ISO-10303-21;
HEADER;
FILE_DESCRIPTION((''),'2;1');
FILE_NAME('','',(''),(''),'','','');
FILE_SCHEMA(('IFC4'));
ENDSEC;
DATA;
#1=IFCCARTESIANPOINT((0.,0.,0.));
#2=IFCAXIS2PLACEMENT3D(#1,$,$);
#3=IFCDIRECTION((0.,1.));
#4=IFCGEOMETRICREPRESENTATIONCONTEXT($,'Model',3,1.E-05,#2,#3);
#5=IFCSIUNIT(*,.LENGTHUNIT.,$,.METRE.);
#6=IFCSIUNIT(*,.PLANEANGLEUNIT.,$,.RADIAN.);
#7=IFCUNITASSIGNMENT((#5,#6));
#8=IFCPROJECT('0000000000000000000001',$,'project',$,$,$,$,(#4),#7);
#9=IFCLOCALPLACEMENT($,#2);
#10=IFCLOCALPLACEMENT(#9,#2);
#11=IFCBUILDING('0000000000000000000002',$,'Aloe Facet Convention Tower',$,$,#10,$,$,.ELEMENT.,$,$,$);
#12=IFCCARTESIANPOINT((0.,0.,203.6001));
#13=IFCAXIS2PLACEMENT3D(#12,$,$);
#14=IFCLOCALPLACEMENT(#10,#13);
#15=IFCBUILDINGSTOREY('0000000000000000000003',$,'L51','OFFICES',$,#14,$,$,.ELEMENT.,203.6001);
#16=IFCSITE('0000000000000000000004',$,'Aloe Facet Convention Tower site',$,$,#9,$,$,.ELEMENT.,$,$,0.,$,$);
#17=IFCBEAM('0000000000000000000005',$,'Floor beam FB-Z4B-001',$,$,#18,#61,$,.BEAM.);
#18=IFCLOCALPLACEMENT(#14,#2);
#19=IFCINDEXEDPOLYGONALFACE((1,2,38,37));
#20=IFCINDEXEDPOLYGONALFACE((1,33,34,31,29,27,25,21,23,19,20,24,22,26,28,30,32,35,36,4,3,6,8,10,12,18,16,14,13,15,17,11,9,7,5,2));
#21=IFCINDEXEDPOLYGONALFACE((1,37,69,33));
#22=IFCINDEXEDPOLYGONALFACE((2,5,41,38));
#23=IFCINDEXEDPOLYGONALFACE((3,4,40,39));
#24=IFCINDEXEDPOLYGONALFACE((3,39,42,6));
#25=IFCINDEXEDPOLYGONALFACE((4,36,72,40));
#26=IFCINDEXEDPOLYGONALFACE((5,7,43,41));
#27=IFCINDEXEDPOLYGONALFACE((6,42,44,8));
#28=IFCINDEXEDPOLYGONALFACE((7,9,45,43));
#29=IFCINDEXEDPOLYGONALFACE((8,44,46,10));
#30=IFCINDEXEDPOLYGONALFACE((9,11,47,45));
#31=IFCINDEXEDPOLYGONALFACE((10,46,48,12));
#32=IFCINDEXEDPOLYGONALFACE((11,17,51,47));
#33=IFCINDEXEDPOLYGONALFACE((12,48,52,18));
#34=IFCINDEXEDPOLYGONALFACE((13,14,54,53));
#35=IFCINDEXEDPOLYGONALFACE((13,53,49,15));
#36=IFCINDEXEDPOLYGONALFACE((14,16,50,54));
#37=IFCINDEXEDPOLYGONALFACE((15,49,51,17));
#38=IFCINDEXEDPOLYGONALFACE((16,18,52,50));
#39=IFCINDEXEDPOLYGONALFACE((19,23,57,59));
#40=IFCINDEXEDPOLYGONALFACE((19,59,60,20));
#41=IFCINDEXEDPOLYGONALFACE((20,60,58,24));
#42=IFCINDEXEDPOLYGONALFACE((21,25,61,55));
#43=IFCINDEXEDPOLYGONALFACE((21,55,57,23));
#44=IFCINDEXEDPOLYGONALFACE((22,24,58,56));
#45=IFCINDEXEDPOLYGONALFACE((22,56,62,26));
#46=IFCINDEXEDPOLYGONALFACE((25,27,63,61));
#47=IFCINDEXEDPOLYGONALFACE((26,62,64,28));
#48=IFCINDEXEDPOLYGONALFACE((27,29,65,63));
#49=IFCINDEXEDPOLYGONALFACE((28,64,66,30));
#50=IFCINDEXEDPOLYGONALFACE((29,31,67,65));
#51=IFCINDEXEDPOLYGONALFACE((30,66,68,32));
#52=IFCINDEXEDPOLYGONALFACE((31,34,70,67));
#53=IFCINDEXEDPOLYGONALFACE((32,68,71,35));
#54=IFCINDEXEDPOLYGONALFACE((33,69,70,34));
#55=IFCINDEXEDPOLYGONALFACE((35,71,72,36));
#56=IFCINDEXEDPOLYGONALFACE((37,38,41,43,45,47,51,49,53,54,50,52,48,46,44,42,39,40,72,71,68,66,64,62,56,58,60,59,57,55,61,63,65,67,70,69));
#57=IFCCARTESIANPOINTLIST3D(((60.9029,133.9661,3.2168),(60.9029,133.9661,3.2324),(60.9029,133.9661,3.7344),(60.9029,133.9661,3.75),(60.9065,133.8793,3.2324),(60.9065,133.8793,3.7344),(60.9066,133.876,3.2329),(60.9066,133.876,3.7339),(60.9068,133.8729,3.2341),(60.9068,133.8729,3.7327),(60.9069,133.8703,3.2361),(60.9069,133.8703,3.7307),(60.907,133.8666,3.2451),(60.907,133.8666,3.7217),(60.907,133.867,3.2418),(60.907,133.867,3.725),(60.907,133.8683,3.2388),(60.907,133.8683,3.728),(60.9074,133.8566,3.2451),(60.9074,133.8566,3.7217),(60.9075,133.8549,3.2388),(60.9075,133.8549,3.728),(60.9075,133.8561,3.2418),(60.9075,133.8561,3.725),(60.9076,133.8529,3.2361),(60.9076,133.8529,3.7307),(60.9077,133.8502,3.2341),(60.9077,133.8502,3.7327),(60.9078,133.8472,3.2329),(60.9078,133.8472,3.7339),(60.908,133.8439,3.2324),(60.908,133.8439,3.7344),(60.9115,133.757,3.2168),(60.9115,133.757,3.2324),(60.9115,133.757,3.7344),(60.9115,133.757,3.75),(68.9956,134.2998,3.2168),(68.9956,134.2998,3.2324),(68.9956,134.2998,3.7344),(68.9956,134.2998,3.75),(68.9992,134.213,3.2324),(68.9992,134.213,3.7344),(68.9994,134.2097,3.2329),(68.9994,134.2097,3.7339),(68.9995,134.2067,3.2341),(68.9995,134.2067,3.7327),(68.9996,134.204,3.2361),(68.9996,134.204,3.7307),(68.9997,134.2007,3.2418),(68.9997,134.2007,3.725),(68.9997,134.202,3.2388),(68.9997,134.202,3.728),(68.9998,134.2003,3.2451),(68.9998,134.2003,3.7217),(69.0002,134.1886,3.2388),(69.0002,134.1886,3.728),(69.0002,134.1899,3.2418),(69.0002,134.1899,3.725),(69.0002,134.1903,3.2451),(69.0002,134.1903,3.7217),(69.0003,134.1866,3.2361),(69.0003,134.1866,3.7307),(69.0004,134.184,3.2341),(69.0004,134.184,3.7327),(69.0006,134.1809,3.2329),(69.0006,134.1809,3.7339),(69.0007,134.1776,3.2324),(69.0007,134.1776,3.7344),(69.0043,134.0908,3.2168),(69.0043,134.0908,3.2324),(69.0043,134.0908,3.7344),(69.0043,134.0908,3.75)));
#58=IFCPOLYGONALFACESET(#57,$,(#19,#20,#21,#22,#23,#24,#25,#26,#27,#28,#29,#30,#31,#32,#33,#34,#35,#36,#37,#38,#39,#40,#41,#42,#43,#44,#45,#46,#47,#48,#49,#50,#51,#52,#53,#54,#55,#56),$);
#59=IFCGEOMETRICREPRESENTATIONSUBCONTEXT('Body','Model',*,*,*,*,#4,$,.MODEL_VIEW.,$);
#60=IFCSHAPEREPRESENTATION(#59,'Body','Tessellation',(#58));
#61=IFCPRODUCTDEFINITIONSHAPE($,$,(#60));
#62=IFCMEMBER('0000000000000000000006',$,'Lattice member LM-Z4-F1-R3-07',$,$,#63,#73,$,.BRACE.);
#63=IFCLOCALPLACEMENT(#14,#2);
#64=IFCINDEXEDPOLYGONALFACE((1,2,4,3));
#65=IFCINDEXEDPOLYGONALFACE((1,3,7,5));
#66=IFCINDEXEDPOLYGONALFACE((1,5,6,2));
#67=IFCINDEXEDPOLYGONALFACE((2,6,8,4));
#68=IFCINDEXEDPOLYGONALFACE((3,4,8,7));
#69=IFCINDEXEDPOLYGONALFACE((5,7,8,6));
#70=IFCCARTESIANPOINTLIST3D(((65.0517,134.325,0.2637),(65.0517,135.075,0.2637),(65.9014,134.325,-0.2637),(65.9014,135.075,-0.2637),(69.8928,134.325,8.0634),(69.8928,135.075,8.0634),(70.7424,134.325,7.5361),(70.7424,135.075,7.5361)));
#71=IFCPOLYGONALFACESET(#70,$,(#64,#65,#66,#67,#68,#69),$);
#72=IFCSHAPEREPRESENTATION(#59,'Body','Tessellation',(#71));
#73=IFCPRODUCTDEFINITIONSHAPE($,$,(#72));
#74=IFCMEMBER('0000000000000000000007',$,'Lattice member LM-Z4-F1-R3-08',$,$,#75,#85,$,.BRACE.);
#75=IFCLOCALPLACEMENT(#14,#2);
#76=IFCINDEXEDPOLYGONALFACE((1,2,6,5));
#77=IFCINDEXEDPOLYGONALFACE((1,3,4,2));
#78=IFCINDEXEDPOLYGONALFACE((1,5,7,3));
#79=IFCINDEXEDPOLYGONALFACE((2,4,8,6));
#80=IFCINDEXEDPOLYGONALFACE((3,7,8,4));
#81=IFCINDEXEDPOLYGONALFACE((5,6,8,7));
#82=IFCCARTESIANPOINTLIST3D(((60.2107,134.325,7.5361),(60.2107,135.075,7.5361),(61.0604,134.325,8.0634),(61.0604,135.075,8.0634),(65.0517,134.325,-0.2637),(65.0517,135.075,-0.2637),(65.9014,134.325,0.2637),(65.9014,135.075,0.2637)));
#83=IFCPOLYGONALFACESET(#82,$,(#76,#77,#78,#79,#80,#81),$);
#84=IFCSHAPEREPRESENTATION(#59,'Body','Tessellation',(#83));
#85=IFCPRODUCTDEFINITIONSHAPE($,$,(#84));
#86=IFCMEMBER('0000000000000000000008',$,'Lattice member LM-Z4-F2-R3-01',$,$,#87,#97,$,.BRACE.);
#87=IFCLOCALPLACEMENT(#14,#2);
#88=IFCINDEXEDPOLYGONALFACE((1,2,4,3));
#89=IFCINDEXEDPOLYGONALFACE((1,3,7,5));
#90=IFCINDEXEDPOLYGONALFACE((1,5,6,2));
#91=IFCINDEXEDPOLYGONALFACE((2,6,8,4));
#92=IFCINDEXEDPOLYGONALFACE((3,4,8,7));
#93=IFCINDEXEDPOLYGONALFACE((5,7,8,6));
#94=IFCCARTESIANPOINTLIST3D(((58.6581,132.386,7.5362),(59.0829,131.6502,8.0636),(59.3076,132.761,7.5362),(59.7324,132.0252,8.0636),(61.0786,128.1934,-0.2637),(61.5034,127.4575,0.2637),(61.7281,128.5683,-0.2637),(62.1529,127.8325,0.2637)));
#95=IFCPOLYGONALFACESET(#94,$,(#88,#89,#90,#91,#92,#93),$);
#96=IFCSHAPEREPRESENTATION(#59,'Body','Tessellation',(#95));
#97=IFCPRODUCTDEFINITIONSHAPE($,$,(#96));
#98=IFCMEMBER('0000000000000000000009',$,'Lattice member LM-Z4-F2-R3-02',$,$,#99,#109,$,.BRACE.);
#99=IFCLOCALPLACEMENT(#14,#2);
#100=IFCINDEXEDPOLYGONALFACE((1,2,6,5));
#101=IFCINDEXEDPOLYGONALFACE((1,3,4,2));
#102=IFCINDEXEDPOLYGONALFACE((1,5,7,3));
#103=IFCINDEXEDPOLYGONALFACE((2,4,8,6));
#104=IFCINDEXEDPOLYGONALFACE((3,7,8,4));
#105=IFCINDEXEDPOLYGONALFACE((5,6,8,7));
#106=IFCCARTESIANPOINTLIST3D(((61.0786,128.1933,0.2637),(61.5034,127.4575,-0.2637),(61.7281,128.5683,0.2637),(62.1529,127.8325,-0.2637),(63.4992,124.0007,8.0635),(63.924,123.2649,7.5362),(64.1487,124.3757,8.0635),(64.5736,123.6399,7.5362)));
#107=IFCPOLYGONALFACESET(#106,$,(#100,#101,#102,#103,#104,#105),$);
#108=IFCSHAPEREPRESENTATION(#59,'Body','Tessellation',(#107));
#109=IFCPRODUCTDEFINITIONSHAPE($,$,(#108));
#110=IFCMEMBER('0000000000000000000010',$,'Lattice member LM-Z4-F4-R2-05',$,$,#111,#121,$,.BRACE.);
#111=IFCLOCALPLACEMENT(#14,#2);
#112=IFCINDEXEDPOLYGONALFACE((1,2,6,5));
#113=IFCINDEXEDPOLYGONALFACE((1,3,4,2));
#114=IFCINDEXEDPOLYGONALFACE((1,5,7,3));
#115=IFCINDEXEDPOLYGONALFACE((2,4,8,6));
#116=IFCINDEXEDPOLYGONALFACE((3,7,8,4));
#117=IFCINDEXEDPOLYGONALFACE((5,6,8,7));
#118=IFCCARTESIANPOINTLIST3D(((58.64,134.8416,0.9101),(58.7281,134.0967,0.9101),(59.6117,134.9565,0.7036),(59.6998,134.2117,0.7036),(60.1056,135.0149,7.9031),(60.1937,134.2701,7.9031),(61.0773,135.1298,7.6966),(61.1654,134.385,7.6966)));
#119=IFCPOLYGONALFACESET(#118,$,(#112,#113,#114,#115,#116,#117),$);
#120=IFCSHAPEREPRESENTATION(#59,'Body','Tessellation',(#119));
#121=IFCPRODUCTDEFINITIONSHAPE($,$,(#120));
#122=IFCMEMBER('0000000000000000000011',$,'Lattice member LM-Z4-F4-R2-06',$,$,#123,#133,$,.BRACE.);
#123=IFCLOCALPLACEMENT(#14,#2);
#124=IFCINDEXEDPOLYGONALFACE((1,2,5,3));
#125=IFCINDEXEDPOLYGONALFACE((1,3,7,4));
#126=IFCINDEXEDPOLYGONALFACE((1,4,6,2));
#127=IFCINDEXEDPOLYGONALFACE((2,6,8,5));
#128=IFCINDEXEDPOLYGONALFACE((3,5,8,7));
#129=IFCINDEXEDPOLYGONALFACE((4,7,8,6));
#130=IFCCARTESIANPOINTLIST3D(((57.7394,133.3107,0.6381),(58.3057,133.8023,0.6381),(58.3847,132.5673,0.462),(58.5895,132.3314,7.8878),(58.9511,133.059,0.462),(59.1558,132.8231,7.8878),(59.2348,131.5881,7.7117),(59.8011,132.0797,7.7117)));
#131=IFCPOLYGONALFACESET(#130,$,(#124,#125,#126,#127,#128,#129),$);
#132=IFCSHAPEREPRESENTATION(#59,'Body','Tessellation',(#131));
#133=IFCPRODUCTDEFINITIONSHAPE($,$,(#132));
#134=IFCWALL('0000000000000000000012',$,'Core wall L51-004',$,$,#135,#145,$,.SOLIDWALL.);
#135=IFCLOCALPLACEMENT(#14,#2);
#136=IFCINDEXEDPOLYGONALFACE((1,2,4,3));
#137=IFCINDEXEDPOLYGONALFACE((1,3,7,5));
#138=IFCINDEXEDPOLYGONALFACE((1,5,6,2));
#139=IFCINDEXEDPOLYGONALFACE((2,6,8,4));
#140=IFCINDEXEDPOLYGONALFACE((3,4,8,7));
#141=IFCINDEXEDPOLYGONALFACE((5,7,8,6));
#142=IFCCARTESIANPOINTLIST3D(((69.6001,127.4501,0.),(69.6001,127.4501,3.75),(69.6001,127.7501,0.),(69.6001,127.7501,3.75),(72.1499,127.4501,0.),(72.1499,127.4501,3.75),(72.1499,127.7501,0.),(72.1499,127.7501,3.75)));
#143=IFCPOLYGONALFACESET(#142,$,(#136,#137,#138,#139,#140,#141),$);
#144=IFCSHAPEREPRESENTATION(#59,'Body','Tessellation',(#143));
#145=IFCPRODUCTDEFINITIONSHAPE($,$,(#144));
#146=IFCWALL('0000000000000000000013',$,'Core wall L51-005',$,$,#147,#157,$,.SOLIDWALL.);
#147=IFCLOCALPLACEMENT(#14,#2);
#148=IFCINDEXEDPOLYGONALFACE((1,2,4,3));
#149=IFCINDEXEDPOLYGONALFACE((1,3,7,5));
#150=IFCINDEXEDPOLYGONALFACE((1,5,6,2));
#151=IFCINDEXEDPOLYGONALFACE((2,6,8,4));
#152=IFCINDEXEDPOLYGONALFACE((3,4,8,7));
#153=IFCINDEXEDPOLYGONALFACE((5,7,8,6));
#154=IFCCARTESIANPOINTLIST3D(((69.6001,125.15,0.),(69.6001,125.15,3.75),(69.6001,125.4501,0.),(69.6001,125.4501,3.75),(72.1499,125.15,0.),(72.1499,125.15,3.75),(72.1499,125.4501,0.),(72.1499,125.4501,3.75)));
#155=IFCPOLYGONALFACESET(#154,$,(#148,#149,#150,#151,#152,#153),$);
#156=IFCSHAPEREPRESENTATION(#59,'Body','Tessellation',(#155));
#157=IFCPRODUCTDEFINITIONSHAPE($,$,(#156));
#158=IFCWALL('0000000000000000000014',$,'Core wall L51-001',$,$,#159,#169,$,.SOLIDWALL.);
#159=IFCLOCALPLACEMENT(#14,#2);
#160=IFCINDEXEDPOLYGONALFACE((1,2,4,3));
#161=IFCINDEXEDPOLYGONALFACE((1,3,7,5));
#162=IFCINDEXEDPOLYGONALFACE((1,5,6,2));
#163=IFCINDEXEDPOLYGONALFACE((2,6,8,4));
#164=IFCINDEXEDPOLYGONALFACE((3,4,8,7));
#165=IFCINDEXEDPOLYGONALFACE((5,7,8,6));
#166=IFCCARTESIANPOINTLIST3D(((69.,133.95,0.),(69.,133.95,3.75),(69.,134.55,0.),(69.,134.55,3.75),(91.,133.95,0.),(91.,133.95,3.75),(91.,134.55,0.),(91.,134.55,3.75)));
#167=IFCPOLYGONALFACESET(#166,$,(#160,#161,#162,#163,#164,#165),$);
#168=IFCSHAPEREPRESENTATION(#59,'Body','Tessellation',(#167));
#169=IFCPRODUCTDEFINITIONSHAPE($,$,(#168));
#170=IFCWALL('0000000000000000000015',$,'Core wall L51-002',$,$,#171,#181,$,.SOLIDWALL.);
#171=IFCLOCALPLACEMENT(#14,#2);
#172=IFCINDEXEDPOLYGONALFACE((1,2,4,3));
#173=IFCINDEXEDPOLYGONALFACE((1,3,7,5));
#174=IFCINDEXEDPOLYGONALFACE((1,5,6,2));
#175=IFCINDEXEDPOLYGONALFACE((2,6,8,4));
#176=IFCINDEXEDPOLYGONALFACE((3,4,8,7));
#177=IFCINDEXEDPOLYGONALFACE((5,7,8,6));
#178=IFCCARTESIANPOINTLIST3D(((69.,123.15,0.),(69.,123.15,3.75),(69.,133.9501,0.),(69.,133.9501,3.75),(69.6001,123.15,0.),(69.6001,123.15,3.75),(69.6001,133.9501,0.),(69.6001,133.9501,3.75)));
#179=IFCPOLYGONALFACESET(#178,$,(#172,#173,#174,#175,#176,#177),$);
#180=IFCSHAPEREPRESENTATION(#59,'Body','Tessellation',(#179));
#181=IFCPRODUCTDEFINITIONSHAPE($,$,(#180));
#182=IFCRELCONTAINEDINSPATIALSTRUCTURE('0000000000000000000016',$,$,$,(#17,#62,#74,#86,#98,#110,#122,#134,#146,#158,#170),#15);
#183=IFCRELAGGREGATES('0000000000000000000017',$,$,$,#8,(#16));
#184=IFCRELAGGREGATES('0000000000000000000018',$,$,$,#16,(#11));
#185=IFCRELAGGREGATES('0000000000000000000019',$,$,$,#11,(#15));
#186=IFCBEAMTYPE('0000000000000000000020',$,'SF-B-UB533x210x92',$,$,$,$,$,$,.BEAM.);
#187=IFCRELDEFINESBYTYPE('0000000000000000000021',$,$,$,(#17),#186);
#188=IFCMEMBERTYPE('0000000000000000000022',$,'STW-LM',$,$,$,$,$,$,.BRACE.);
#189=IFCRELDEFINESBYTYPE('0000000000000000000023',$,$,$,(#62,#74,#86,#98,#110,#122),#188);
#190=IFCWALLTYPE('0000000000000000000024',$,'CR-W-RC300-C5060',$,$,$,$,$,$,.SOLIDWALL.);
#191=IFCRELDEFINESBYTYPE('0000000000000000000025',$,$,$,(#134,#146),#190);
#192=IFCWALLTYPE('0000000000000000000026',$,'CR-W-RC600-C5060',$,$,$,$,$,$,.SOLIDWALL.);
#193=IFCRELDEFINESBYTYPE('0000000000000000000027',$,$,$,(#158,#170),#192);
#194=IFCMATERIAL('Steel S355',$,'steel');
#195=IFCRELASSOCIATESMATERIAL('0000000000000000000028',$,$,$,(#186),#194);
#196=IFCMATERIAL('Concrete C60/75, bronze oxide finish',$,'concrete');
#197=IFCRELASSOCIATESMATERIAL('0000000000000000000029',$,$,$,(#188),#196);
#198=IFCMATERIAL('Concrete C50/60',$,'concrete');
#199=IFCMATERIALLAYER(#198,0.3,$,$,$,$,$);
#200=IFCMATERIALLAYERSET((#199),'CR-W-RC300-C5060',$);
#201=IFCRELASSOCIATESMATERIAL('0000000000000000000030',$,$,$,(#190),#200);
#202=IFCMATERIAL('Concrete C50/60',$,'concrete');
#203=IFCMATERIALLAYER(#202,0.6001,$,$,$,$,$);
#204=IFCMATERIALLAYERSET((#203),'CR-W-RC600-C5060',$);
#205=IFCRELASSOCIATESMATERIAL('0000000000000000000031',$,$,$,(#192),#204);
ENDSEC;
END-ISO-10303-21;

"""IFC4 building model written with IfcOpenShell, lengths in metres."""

from ifc_helpers import new_model, si_unit, direction, frame, frame_2d, origin, origin_2d, place, context, subcontext, project, spatial, rectangle, i_section, extrude, material, layer, layer_set, material_profile, profile_set, type_object, element, save


model = new_model("IFC4")

# Units and contexts
model_context = context("Model", 3, precision=1e-05, world=origin(), true_north=direction((0.0, 1.0)))
body_context = subcontext(model_context, "Body", "Model", "MODEL_VIEW")
ifc_project = project(units=[si_unit("LENGTHUNIT", "METRE"), si_unit("PLANEANGLEUNIT", "RADIAN")], contexts=[model_context])

# Site, building, storey
site_placement = place(None, origin())
site = spatial("IfcSite", under=ifc_project, at=site_placement, Name="Aloe Facet Convention Tower site", CompositionType="ELEMENT", RefElevation=0.0)
building_placement = place(site_placement, origin())
building = spatial("IfcBuilding", under=site, at=building_placement, Name="Aloe Facet Convention Tower", CompositionType="ELEMENT")
storey_placement = place(building_placement, frame((0.0, 0.0, 203.6001)))
storey = spatial("IfcBuildingStorey", under=building, at=storey_placement, Name="L51", Description="OFFICES", CompositionType="ELEMENT", Elevation=203.6001)

# Beam
ifc_material_1 = material(Name="Steel S355", Category="steel")
ifc_material_profile_1 = material_profile(ifc_material_1, i_section(OverallWidth=0.2092, OverallDepth=0.5332, WebThickness=0.01, FlangeThickness=0.0156, FilletRadius=0.0127, at=origin_2d()), Name="UB 533x210x92")
ifc_profile_set_1 = profile_set([ifc_material_profile_1], Name="Steel S355")
beam_type_1 = type_object("IfcBeamType", Name="SF-B-UB533x210x92", PredefinedType="BEAM", material=ifc_profile_set_1)
beam_1_placement = place(storey_placement, frame((60.9072, 133.8616, 3.4834), z_axis=(0.999151, 0.041204, 0.0), x_axis=(-0.041204, 0.999151, 0.0)))
element("IfcBeam", 1, at=beam_1_placement, inside=storey, type_object=beam_type_1, Name="Floor beam FB-Z4B-001", PredefinedType="BEAM", context=body_context, shape_type="SweptSolid", body=[
    extrude(i_section(OverallWidth=0.2092, OverallDepth=0.5332, WebThickness=0.01, FlangeThickness=0.0156, FilletRadius=0.0127, at=origin_2d()), origin(), (0.0, 0.0, 1.0), 8.0996),
])

# Members
ifc_material_2 = material(Name="Concrete C60/75, bronze oxide finish", Category="concrete")
ifc_material_profile_2 = material_profile(ifc_material_2, rectangle(XDim=0.75, YDim=1.0, at=origin_2d()), Name="STW-LM")
ifc_profile_set_2 = profile_set([ifc_material_profile_2], Name="Concrete C60/75, bronze oxide finish")
member_type = type_object("IfcMemberType", Name="STW-LM", PredefinedType="BRACE", material=ifc_profile_set_2)
for number, where, z_axis, x_axis, name in (
    (2, (65.4766, 134.7, 0.0), (0.527348, 0.0, 0.84965), (0.0, 1.0, 0.0), "Lattice member LM-Z4-F1-R3-07"),
    (3, (65.4766, 134.7, 0.0), (-0.527348, 0.0, 0.84965), (0.0, -1.0, 0.0), "Lattice member LM-Z4-F1-R3-08"),
):
    element("IfcMember", number, at=place(storey_placement, frame(where, z_axis=z_axis, x_axis=x_axis)), inside=storey, type_object=member_type, Name=name, PredefinedType="BRACE", context=body_context, shape_type="SweptSolid", body=[
        extrude(rectangle(XDim=0.75, YDim=1.0, at=origin_2d()), origin(), (0.0, 0.0, 1.0), 9.1799),
    ])
for number, where, z_axis, x_axis, name in (
    (4, (61.6157, 128.0129, 0.0), (-0.26366, 0.45671, 0.849647), (-0.866044, -0.499968, 0.0), "Lattice member LM-Z4-F2-R3-01"),
    (5, (61.6157, 128.0129, 0.0), (0.263684, -0.456707, 0.849641), (0.866022, 0.500006, 0.0), "Lattice member LM-Z4-F2-R3-02"),
):
    element("IfcMember", number, at=place(storey_placement, frame(where, z_axis=z_axis, x_axis=x_axis)), inside=storey, type_object=member_type, Name=name, PredefinedType="BRACE", context=body_context, shape_type="SweptSolid", body=[
        extrude(rectangle(XDim=0.75, YDim=1.0, at=origin_2d()), origin(), (0.0, 0.0, 1.0), 9.1802),
    ])
member_1_placement = place(storey_placement, frame((59.1699, 134.5266, 0.8069), z_axis=(0.205063, 0.024254, 0.978448), x_axis=(-0.117456, 0.993078, 0.0)))
element("IfcMember", 6, at=member_1_placement, inside=storey, type_object=member_type, Name="Lattice member LM-Z4-F4-R2-05", PredefinedType="BRACE", context=body_context, shape_type="SweptSolid", body=[
    extrude(rectangle(XDim=0.75, YDim=1.0, at=origin_2d()), origin(), (0.0, 0.0, 1.0), 7.147),
])
member_2_placement = place(storey_placement, frame((58.3452, 133.1848, 0.55), z_axis=(0.115427, -0.132963, 0.984377), x_axis=(0.755148, 0.655554, 0.0)))
element("IfcMember", 7, at=member_2_placement, inside=storey, type_object=member_type, Name="Lattice member LM-Z4-F4-R2-06", PredefinedType="BRACE", context=body_context, shape_type="SweptSolid", body=[
    extrude(rectangle(XDim=0.75, YDim=1.0, at=origin_2d()), origin(), (0.0, 0.0, 1.0), 7.3647),
])

# Walls
ifc_material_3 = material(Name="Concrete C50/60", Category="concrete")
ifc_layer_1 = layer(ifc_material_3, 0.3)
ifc_layer_set_1 = layer_set([ifc_layer_1], Name="CR-W-RC300-C5060")
wall_type_1 = type_object("IfcWallType", Name="CR-W-RC300-C5060", PredefinedType="SOLIDWALL", material=ifc_layer_set_1)
for number, where, z_axis, x_axis, name in (
    (8, (69.6001, 127.6001, 0.0), (0.0, 0.0, 1.0), (1.0, 0.0, 0.0), "Core wall L51-004"),
    (9, (69.6001, 125.3, 0.0), (0.0, 0.0, 1.0), (1.0, 0.0, 0.0), "Core wall L51-005"),
):
    element("IfcWall", number, at=place(storey_placement, frame(where, z_axis=z_axis, x_axis=x_axis)), inside=storey, type_object=wall_type_1, Name=name, PredefinedType="SOLIDWALL", context=body_context, shape_type="SweptSolid", body=[
        extrude(rectangle(XDim=2.5498, YDim=0.3, at=frame_2d((1.2749, 0.0))), origin(), (0.0, 0.0, 1.0), 3.75),
    ])
ifc_material_4 = material(Name="Concrete C50/60", Category="concrete")
ifc_layer_2 = layer(ifc_material_4, 0.6001)
ifc_layer_set_2 = layer_set([ifc_layer_2], Name="CR-W-RC600-C5060")
wall_type_2 = type_object("IfcWallType", Name="CR-W-RC600-C5060", PredefinedType="SOLIDWALL", material=ifc_layer_set_2)
wall_1_placement = place(storey_placement, frame((69.0, 134.25, 0.0), z_axis=(0.0, 0.0, 1.0), x_axis=(1.0, 0.0, 0.0)))
element("IfcWall", 10, at=wall_1_placement, inside=storey, type_object=wall_type_2, Name="Core wall L51-001", PredefinedType="SOLIDWALL", context=body_context, shape_type="SweptSolid", body=[
    extrude(rectangle(XDim=22.0, YDim=0.6001, at=frame_2d((11.0, 0.0))), origin(), (0.0, 0.0, 1.0), 3.75),
])
wall_2_placement = place(storey_placement, frame((69.3, 133.95, 0.0), z_axis=(0.0, 0.0, 1.0), x_axis=(0.0, -1.0, 0.0)))
element("IfcWall", 11, at=wall_2_placement, inside=storey, type_object=wall_type_2, Name="Core wall L51-002", PredefinedType="SOLIDWALL", context=body_context, shape_type="SweptSolid", body=[
    extrude(rectangle(XDim=10.8, YDim=0.6001, at=frame_2d((5.3999, 0.0))), origin(), (0.0, 0.0, 1.0), 3.75),
])

save(model, "model.ifc")
